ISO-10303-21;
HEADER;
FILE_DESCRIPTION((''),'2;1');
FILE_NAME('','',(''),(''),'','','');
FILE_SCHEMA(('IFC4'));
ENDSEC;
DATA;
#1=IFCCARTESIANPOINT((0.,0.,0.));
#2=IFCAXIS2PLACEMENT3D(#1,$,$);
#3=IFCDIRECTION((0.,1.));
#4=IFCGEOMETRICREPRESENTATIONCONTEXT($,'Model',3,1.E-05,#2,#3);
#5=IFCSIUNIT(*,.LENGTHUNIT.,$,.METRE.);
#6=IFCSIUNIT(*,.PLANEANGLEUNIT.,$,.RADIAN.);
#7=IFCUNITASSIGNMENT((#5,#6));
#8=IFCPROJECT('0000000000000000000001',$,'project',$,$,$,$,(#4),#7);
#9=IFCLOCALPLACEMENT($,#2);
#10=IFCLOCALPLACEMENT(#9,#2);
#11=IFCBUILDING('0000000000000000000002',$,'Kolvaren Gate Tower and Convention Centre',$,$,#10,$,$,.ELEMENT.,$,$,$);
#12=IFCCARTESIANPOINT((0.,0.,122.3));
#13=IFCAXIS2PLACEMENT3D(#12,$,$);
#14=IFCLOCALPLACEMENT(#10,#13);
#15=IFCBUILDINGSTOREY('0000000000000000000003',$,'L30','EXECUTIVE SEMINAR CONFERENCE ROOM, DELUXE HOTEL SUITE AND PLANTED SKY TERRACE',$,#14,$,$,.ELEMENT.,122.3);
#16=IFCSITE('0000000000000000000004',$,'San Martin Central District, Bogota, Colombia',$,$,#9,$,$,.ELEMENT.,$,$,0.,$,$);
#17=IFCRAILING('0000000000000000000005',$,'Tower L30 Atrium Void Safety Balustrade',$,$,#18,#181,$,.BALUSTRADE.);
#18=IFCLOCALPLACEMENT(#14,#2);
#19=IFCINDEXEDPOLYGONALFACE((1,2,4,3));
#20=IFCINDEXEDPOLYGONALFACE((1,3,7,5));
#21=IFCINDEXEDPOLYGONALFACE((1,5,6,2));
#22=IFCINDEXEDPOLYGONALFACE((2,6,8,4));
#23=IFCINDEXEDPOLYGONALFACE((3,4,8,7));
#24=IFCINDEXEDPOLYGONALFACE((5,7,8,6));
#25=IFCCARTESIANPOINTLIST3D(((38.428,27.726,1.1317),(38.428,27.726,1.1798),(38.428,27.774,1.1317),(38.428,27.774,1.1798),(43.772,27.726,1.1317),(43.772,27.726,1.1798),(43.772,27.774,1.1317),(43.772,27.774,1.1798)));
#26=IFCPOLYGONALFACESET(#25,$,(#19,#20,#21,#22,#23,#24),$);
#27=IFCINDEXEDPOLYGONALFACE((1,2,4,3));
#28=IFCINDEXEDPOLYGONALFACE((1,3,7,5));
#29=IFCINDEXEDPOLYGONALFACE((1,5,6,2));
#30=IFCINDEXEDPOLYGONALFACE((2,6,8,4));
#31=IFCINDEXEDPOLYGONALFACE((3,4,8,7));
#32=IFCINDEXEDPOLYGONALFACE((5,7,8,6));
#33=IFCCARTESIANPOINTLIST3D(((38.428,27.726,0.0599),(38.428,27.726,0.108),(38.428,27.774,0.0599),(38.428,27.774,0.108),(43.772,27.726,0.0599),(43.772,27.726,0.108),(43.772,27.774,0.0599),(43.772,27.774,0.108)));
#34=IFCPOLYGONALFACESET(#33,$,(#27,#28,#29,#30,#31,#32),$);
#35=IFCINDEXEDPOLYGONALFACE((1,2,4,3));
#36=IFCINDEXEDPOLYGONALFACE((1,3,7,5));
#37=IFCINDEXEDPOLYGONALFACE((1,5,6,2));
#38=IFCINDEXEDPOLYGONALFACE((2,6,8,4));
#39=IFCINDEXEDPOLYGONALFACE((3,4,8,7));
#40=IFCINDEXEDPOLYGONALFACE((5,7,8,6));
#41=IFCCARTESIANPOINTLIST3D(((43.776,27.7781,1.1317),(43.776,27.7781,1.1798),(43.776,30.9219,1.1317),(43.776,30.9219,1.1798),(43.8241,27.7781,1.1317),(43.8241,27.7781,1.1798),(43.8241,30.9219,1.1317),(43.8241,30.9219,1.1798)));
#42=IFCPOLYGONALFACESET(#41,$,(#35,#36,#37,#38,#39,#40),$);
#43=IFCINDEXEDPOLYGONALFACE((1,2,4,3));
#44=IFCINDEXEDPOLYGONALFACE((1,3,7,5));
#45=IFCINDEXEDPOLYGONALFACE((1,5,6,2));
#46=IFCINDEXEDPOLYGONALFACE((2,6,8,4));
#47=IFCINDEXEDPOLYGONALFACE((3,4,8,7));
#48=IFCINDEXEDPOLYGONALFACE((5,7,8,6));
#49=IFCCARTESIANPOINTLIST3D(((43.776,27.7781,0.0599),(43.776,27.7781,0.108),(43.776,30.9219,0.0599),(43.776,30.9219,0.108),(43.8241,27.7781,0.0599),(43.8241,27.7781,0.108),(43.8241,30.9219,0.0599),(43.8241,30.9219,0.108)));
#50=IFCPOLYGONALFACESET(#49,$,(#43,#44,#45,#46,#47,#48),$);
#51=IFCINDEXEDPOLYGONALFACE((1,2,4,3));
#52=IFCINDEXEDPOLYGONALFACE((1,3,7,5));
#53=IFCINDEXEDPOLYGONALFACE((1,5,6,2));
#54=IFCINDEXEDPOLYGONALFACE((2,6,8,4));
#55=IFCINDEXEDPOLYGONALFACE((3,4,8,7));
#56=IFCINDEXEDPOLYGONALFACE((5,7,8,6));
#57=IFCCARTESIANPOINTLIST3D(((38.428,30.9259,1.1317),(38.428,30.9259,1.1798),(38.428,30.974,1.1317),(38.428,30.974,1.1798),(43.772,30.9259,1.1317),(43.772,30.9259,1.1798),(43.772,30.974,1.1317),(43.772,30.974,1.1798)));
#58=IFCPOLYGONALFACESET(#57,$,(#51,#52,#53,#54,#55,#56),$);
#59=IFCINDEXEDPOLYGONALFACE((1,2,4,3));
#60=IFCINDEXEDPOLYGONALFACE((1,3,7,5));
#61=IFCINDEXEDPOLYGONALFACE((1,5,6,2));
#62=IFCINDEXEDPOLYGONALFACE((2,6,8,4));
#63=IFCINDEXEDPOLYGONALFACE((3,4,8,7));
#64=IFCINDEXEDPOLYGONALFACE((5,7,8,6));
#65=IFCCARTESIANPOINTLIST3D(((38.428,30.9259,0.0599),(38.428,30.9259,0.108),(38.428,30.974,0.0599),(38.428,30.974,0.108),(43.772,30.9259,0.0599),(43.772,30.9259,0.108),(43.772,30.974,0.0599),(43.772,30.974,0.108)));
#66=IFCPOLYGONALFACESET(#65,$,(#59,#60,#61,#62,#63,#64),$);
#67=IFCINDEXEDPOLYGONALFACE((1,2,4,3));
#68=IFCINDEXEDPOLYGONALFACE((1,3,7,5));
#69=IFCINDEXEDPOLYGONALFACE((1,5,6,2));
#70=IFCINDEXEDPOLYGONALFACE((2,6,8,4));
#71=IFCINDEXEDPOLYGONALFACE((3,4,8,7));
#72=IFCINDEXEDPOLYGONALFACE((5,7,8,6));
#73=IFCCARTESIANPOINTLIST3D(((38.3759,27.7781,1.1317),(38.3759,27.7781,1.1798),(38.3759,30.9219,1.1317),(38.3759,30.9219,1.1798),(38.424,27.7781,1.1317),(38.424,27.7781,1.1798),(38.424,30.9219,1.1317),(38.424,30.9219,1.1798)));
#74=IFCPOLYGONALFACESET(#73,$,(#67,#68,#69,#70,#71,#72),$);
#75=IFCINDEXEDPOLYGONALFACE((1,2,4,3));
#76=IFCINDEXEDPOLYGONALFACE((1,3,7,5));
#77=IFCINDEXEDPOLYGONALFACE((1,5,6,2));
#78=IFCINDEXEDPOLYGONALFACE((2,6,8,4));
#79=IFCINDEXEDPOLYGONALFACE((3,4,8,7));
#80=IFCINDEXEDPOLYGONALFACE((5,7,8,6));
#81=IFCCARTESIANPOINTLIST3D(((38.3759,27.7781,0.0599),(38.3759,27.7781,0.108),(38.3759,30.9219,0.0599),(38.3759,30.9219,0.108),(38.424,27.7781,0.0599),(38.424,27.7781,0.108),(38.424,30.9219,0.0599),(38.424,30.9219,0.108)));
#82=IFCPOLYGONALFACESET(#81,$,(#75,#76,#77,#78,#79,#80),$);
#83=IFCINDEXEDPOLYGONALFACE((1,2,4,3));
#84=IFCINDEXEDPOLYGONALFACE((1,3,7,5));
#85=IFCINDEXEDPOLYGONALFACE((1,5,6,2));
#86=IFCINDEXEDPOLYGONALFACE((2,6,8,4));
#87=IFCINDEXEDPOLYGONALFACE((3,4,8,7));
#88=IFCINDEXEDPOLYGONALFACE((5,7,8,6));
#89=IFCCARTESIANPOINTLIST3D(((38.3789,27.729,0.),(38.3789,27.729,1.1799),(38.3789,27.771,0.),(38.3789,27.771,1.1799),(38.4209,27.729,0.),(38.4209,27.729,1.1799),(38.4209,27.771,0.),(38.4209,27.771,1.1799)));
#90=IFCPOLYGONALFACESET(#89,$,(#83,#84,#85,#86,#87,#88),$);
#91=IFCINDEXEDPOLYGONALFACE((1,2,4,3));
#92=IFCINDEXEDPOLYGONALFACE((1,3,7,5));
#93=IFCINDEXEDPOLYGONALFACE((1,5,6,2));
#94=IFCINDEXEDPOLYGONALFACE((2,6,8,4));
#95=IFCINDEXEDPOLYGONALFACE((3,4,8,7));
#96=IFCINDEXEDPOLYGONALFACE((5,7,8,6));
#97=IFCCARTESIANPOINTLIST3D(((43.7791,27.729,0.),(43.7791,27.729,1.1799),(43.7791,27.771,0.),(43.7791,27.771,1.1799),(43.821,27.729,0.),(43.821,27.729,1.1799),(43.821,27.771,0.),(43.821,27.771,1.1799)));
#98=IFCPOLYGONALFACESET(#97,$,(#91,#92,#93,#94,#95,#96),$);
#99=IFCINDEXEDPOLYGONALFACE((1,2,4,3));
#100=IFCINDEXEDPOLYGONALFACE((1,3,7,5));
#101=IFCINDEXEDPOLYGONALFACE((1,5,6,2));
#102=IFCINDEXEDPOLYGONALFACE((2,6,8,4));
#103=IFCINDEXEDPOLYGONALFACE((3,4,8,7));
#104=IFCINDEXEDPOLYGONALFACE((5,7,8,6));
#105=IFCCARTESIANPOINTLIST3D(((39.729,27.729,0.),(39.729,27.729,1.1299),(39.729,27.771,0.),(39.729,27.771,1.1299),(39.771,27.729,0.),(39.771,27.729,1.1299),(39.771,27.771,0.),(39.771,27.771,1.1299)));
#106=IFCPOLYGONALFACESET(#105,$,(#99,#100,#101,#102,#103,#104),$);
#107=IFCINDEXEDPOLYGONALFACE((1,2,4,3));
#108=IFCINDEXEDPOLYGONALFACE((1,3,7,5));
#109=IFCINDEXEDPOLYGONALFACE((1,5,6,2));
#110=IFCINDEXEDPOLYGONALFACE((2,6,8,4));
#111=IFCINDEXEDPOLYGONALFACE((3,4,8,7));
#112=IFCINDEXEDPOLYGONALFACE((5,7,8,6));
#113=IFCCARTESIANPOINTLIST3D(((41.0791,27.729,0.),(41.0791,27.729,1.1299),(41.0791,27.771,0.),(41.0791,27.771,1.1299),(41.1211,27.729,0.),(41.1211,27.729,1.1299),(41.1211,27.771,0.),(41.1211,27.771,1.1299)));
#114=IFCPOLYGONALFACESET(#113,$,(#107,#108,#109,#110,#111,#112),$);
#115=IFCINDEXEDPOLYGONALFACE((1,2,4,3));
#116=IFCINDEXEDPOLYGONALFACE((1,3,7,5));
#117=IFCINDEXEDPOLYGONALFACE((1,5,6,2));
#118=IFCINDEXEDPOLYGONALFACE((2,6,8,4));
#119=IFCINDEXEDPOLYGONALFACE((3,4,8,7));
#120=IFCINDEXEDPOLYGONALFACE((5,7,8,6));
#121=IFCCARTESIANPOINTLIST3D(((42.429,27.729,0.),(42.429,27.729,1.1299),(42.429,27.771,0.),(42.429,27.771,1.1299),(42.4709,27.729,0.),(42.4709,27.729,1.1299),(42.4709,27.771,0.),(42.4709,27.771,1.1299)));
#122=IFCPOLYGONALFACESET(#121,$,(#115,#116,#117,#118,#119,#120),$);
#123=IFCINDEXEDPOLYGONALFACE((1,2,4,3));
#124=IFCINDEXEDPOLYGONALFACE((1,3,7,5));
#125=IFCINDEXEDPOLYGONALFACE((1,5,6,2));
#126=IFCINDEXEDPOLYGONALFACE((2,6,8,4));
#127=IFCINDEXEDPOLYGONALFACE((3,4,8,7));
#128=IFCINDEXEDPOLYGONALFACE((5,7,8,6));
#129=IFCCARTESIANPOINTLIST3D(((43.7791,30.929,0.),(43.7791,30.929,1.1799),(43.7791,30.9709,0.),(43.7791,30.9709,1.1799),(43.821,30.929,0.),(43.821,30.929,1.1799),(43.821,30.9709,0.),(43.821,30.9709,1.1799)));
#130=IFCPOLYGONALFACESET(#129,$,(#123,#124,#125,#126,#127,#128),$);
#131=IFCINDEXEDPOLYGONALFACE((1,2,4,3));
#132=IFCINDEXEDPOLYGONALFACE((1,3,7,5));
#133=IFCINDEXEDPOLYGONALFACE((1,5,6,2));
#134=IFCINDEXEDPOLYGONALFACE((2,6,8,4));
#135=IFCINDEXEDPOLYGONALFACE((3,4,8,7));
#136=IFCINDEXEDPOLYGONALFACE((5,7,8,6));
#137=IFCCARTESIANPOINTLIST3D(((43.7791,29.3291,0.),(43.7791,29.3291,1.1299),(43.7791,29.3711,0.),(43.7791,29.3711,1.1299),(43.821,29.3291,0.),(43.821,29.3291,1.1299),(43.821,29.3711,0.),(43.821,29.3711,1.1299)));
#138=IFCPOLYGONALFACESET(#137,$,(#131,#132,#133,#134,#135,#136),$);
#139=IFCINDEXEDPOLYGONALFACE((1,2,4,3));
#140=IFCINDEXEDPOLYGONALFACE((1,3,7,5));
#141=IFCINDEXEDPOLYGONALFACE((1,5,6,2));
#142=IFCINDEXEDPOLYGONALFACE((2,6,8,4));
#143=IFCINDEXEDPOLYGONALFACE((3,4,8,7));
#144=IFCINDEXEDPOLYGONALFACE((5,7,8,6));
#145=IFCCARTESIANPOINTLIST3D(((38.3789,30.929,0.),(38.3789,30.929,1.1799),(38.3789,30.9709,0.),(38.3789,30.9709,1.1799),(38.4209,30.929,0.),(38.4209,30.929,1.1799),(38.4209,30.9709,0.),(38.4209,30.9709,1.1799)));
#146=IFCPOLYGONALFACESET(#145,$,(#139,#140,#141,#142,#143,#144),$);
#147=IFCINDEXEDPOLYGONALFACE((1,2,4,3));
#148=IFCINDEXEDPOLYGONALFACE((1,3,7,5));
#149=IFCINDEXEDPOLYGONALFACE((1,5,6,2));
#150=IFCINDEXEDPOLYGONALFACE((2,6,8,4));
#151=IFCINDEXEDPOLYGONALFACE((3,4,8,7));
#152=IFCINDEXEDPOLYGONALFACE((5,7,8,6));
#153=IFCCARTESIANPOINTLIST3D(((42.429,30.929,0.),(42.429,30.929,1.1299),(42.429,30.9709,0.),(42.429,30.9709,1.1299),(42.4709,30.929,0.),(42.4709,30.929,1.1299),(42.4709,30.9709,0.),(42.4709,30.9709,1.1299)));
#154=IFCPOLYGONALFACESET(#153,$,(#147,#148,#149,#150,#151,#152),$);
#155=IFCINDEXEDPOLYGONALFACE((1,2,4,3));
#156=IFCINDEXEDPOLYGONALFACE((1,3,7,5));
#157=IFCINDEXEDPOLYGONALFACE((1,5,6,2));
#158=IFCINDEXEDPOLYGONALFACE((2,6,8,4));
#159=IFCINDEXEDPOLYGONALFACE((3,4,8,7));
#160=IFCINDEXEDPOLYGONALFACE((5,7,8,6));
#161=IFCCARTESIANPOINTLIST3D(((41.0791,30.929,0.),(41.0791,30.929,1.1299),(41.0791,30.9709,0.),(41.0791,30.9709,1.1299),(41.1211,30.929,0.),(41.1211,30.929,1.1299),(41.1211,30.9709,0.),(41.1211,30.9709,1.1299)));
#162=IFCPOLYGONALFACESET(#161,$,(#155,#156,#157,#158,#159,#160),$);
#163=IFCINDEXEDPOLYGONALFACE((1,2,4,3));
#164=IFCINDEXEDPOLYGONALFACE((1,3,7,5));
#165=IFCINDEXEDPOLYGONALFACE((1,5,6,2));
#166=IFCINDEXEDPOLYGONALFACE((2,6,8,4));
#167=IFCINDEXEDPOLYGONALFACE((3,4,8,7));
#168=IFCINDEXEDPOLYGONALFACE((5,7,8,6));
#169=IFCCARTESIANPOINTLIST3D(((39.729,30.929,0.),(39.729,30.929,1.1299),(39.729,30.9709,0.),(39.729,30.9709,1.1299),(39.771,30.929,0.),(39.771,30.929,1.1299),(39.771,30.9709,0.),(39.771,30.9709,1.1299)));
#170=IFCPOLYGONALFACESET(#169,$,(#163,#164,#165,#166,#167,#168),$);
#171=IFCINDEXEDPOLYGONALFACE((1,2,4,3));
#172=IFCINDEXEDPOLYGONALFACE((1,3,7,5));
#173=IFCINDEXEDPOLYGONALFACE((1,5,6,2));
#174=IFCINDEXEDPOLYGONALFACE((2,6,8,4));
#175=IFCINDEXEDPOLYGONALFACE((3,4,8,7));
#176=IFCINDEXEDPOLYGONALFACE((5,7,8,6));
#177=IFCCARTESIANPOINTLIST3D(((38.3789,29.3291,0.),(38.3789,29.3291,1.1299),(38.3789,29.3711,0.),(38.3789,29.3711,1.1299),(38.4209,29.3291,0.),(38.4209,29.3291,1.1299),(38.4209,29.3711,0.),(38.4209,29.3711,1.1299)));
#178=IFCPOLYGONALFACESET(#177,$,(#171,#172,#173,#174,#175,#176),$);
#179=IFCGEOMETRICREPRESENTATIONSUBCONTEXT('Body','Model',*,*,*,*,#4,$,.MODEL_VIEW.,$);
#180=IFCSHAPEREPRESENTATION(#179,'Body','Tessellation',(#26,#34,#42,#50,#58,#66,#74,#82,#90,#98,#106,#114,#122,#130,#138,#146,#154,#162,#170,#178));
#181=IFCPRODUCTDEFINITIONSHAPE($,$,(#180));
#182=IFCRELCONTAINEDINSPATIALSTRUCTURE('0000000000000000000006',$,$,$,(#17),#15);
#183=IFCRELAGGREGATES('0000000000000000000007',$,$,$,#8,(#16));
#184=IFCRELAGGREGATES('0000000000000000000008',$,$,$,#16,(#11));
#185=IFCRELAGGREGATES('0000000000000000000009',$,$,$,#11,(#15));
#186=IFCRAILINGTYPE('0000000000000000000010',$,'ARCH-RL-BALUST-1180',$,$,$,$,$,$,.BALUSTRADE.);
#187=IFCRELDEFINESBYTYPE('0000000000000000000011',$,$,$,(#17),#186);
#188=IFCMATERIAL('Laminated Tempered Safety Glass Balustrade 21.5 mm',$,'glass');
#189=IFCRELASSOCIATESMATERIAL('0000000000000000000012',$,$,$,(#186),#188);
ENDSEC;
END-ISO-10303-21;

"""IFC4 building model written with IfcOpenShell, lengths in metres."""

from ifc_helpers import new_model, si_unit, direction, frame, origin, origin_2d, place, context, subcontext, project, spatial, rectangle, extrude, material, type_object, element, save


model = new_model("IFC4")

# Units and contexts
model_context = context("Model", 3, precision=1e-05, world=origin(), true_north=direction((0.0, 1.0)))
body_context = subcontext(model_context, "Body", "Model", "MODEL_VIEW")
ifc_project = project(units=[si_unit("LENGTHUNIT", "METRE"), si_unit("PLANEANGLEUNIT", "RADIAN")], contexts=[model_context])

# Site, building, storey
site_placement = place(None, origin())
site = spatial("IfcSite", under=ifc_project, at=site_placement, Name="San Martin Central District, Bogota, Colombia", CompositionType="ELEMENT", RefElevation=0.0)
building_placement = place(site_placement, origin())
building = spatial("IfcBuilding", under=site, at=building_placement, Name="Kolvaren Gate Tower and Convention Centre", CompositionType="ELEMENT")
storey_placement = place(building_placement, frame((0.0, 0.0, 122.3)))
storey = spatial("IfcBuildingStorey", under=building, at=storey_placement, Name="L30", Description="EXECUTIVE SEMINAR CONFERENCE ROOM, DELUXE HOTEL SUITE AND PLANTED SKY TERRACE", CompositionType="ELEMENT", Elevation=122.3)

# Railing
ifc_material_1 = material(Name="Laminated Tempered Safety Glass Balustrade 21.5 mm", Category="glass")
railing_type = type_object("IfcRailingType", Name="ARCH-RL-BALUST-1180", PredefinedType="BALUSTRADE", material=ifc_material_1)
railing_placement = place(storey_placement, frame((38.3999, 27.75, 0.0)))
element("IfcRailing", 1, at=railing_placement, inside=storey, type_object=railing_type, Name="Tower L30 Atrium Void Safety Balustrade", PredefinedType="BALUSTRADE", context=body_context, shape_type="SweptSolid", body=[
    extrude(rectangle(XDim=0.0481, YDim=0.0481, at=origin_2d()), frame((0.0281, 0.0, 1.1558), z_axis=(1.0, 0.0, 0.0), x_axis=(0.0, 1.0, 0.0)), (0.0, 0.0, 1.0), 5.344),
    extrude(rectangle(XDim=0.0481, YDim=0.0481, at=origin_2d()), frame((0.0281, 0.0, 0.084), z_axis=(1.0, 0.0, 0.0), x_axis=(0.0, 1.0, 0.0)), (0.0, 0.0, 1.0), 5.344),
    extrude(rectangle(XDim=0.0481, YDim=0.0481, at=origin_2d()), frame((5.4001, 0.0281, 1.1558), z_axis=(0.0, 1.0, 0.0), x_axis=(-1.0, 0.0, 0.0)), (0.0, 0.0, 1.0), 3.1438),
    extrude(rectangle(XDim=0.0481, YDim=0.0481, at=origin_2d()), frame((5.4001, 0.0281, 0.084), z_axis=(0.0, 1.0, 0.0), x_axis=(-1.0, 0.0, 0.0)), (0.0, 0.0, 1.0), 3.1438),
    extrude(rectangle(XDim=0.0481, YDim=0.0481, at=origin_2d()), frame((5.3721, 3.2, 1.1558), z_axis=(-1.0, 0.0, 0.0), x_axis=(0.0, -1.0, 0.0)), (0.0, 0.0, 1.0), 5.344),
    extrude(rectangle(XDim=0.0481, YDim=0.0481, at=origin_2d()), frame((5.3721, 3.2, 0.084), z_axis=(-1.0, 0.0, 0.0), x_axis=(0.0, -1.0, 0.0)), (0.0, 0.0, 1.0), 5.344),
    extrude(rectangle(XDim=0.0481, YDim=0.0481, at=origin_2d()), frame((0.0, 3.1719, 1.1558), z_axis=(0.0, -1.0, 0.0), x_axis=(1.0, 0.0, 0.0)), (0.0, 0.0, 1.0), 3.1438),
    extrude(rectangle(XDim=0.0481, YDim=0.0481, at=origin_2d()), frame((0.0, 3.1719, 0.084), z_axis=(0.0, -1.0, 0.0), x_axis=(1.0, 0.0, 0.0)), (0.0, 0.0, 1.0), 3.1438),
    extrude(rectangle(XDim=0.042, YDim=0.042, at=origin_2d()), origin(), (0.0, 0.0, 1.0), 1.1799),
    extrude(rectangle(XDim=0.042, YDim=0.042, at=origin_2d()), frame((5.4001, 0.0, 0.0)), (0.0, 0.0, 1.0), 1.1799),
    extrude(rectangle(XDim=0.042, YDim=0.042, at=origin_2d()), frame((1.3501, 0.0, 0.0)), (0.0, 0.0, 1.0), 1.1299),
    extrude(rectangle(XDim=0.042, YDim=0.042, at=origin_2d()), frame((2.7002, 0.0, 0.0)), (0.0, 0.0, 1.0), 1.1299),
    extrude(rectangle(XDim=0.042, YDim=0.042, at=origin_2d()), frame((4.05, 0.0, 0.0)), (0.0, 0.0, 1.0), 1.1299),
    extrude(rectangle(XDim=0.042, YDim=0.042, at=origin_2d()), frame((5.4001, 3.2, 0.0)), (0.0, 0.0, 1.0), 1.1799),
    extrude(rectangle(XDim=0.042, YDim=0.042, at=origin_2d()), frame((5.4001, 1.6001, 0.0)), (0.0, 0.0, 1.0), 1.1299),
    extrude(rectangle(XDim=0.042, YDim=0.042, at=origin_2d()), frame((0.0, 3.2, 0.0)), (0.0, 0.0, 1.0), 1.1799),
    extrude(rectangle(XDim=0.042, YDim=0.042, at=origin_2d()), frame((4.05, 3.2, 0.0)), (0.0, 0.0, 1.0), 1.1299),
    extrude(rectangle(XDim=0.042, YDim=0.042, at=origin_2d()), frame((2.7002, 3.2, 0.0)), (0.0, 0.0, 1.0), 1.1299),
    extrude(rectangle(XDim=0.042, YDim=0.042, at=origin_2d()), frame((1.3501, 3.2, 0.0)), (0.0, 0.0, 1.0), 1.1299),
    extrude(rectangle(XDim=0.042, YDim=0.042, at=origin_2d()), frame((0.0, 1.6001, 0.0)), (0.0, 0.0, 1.0), 1.1299),
])

save(model, "model.ifc")
